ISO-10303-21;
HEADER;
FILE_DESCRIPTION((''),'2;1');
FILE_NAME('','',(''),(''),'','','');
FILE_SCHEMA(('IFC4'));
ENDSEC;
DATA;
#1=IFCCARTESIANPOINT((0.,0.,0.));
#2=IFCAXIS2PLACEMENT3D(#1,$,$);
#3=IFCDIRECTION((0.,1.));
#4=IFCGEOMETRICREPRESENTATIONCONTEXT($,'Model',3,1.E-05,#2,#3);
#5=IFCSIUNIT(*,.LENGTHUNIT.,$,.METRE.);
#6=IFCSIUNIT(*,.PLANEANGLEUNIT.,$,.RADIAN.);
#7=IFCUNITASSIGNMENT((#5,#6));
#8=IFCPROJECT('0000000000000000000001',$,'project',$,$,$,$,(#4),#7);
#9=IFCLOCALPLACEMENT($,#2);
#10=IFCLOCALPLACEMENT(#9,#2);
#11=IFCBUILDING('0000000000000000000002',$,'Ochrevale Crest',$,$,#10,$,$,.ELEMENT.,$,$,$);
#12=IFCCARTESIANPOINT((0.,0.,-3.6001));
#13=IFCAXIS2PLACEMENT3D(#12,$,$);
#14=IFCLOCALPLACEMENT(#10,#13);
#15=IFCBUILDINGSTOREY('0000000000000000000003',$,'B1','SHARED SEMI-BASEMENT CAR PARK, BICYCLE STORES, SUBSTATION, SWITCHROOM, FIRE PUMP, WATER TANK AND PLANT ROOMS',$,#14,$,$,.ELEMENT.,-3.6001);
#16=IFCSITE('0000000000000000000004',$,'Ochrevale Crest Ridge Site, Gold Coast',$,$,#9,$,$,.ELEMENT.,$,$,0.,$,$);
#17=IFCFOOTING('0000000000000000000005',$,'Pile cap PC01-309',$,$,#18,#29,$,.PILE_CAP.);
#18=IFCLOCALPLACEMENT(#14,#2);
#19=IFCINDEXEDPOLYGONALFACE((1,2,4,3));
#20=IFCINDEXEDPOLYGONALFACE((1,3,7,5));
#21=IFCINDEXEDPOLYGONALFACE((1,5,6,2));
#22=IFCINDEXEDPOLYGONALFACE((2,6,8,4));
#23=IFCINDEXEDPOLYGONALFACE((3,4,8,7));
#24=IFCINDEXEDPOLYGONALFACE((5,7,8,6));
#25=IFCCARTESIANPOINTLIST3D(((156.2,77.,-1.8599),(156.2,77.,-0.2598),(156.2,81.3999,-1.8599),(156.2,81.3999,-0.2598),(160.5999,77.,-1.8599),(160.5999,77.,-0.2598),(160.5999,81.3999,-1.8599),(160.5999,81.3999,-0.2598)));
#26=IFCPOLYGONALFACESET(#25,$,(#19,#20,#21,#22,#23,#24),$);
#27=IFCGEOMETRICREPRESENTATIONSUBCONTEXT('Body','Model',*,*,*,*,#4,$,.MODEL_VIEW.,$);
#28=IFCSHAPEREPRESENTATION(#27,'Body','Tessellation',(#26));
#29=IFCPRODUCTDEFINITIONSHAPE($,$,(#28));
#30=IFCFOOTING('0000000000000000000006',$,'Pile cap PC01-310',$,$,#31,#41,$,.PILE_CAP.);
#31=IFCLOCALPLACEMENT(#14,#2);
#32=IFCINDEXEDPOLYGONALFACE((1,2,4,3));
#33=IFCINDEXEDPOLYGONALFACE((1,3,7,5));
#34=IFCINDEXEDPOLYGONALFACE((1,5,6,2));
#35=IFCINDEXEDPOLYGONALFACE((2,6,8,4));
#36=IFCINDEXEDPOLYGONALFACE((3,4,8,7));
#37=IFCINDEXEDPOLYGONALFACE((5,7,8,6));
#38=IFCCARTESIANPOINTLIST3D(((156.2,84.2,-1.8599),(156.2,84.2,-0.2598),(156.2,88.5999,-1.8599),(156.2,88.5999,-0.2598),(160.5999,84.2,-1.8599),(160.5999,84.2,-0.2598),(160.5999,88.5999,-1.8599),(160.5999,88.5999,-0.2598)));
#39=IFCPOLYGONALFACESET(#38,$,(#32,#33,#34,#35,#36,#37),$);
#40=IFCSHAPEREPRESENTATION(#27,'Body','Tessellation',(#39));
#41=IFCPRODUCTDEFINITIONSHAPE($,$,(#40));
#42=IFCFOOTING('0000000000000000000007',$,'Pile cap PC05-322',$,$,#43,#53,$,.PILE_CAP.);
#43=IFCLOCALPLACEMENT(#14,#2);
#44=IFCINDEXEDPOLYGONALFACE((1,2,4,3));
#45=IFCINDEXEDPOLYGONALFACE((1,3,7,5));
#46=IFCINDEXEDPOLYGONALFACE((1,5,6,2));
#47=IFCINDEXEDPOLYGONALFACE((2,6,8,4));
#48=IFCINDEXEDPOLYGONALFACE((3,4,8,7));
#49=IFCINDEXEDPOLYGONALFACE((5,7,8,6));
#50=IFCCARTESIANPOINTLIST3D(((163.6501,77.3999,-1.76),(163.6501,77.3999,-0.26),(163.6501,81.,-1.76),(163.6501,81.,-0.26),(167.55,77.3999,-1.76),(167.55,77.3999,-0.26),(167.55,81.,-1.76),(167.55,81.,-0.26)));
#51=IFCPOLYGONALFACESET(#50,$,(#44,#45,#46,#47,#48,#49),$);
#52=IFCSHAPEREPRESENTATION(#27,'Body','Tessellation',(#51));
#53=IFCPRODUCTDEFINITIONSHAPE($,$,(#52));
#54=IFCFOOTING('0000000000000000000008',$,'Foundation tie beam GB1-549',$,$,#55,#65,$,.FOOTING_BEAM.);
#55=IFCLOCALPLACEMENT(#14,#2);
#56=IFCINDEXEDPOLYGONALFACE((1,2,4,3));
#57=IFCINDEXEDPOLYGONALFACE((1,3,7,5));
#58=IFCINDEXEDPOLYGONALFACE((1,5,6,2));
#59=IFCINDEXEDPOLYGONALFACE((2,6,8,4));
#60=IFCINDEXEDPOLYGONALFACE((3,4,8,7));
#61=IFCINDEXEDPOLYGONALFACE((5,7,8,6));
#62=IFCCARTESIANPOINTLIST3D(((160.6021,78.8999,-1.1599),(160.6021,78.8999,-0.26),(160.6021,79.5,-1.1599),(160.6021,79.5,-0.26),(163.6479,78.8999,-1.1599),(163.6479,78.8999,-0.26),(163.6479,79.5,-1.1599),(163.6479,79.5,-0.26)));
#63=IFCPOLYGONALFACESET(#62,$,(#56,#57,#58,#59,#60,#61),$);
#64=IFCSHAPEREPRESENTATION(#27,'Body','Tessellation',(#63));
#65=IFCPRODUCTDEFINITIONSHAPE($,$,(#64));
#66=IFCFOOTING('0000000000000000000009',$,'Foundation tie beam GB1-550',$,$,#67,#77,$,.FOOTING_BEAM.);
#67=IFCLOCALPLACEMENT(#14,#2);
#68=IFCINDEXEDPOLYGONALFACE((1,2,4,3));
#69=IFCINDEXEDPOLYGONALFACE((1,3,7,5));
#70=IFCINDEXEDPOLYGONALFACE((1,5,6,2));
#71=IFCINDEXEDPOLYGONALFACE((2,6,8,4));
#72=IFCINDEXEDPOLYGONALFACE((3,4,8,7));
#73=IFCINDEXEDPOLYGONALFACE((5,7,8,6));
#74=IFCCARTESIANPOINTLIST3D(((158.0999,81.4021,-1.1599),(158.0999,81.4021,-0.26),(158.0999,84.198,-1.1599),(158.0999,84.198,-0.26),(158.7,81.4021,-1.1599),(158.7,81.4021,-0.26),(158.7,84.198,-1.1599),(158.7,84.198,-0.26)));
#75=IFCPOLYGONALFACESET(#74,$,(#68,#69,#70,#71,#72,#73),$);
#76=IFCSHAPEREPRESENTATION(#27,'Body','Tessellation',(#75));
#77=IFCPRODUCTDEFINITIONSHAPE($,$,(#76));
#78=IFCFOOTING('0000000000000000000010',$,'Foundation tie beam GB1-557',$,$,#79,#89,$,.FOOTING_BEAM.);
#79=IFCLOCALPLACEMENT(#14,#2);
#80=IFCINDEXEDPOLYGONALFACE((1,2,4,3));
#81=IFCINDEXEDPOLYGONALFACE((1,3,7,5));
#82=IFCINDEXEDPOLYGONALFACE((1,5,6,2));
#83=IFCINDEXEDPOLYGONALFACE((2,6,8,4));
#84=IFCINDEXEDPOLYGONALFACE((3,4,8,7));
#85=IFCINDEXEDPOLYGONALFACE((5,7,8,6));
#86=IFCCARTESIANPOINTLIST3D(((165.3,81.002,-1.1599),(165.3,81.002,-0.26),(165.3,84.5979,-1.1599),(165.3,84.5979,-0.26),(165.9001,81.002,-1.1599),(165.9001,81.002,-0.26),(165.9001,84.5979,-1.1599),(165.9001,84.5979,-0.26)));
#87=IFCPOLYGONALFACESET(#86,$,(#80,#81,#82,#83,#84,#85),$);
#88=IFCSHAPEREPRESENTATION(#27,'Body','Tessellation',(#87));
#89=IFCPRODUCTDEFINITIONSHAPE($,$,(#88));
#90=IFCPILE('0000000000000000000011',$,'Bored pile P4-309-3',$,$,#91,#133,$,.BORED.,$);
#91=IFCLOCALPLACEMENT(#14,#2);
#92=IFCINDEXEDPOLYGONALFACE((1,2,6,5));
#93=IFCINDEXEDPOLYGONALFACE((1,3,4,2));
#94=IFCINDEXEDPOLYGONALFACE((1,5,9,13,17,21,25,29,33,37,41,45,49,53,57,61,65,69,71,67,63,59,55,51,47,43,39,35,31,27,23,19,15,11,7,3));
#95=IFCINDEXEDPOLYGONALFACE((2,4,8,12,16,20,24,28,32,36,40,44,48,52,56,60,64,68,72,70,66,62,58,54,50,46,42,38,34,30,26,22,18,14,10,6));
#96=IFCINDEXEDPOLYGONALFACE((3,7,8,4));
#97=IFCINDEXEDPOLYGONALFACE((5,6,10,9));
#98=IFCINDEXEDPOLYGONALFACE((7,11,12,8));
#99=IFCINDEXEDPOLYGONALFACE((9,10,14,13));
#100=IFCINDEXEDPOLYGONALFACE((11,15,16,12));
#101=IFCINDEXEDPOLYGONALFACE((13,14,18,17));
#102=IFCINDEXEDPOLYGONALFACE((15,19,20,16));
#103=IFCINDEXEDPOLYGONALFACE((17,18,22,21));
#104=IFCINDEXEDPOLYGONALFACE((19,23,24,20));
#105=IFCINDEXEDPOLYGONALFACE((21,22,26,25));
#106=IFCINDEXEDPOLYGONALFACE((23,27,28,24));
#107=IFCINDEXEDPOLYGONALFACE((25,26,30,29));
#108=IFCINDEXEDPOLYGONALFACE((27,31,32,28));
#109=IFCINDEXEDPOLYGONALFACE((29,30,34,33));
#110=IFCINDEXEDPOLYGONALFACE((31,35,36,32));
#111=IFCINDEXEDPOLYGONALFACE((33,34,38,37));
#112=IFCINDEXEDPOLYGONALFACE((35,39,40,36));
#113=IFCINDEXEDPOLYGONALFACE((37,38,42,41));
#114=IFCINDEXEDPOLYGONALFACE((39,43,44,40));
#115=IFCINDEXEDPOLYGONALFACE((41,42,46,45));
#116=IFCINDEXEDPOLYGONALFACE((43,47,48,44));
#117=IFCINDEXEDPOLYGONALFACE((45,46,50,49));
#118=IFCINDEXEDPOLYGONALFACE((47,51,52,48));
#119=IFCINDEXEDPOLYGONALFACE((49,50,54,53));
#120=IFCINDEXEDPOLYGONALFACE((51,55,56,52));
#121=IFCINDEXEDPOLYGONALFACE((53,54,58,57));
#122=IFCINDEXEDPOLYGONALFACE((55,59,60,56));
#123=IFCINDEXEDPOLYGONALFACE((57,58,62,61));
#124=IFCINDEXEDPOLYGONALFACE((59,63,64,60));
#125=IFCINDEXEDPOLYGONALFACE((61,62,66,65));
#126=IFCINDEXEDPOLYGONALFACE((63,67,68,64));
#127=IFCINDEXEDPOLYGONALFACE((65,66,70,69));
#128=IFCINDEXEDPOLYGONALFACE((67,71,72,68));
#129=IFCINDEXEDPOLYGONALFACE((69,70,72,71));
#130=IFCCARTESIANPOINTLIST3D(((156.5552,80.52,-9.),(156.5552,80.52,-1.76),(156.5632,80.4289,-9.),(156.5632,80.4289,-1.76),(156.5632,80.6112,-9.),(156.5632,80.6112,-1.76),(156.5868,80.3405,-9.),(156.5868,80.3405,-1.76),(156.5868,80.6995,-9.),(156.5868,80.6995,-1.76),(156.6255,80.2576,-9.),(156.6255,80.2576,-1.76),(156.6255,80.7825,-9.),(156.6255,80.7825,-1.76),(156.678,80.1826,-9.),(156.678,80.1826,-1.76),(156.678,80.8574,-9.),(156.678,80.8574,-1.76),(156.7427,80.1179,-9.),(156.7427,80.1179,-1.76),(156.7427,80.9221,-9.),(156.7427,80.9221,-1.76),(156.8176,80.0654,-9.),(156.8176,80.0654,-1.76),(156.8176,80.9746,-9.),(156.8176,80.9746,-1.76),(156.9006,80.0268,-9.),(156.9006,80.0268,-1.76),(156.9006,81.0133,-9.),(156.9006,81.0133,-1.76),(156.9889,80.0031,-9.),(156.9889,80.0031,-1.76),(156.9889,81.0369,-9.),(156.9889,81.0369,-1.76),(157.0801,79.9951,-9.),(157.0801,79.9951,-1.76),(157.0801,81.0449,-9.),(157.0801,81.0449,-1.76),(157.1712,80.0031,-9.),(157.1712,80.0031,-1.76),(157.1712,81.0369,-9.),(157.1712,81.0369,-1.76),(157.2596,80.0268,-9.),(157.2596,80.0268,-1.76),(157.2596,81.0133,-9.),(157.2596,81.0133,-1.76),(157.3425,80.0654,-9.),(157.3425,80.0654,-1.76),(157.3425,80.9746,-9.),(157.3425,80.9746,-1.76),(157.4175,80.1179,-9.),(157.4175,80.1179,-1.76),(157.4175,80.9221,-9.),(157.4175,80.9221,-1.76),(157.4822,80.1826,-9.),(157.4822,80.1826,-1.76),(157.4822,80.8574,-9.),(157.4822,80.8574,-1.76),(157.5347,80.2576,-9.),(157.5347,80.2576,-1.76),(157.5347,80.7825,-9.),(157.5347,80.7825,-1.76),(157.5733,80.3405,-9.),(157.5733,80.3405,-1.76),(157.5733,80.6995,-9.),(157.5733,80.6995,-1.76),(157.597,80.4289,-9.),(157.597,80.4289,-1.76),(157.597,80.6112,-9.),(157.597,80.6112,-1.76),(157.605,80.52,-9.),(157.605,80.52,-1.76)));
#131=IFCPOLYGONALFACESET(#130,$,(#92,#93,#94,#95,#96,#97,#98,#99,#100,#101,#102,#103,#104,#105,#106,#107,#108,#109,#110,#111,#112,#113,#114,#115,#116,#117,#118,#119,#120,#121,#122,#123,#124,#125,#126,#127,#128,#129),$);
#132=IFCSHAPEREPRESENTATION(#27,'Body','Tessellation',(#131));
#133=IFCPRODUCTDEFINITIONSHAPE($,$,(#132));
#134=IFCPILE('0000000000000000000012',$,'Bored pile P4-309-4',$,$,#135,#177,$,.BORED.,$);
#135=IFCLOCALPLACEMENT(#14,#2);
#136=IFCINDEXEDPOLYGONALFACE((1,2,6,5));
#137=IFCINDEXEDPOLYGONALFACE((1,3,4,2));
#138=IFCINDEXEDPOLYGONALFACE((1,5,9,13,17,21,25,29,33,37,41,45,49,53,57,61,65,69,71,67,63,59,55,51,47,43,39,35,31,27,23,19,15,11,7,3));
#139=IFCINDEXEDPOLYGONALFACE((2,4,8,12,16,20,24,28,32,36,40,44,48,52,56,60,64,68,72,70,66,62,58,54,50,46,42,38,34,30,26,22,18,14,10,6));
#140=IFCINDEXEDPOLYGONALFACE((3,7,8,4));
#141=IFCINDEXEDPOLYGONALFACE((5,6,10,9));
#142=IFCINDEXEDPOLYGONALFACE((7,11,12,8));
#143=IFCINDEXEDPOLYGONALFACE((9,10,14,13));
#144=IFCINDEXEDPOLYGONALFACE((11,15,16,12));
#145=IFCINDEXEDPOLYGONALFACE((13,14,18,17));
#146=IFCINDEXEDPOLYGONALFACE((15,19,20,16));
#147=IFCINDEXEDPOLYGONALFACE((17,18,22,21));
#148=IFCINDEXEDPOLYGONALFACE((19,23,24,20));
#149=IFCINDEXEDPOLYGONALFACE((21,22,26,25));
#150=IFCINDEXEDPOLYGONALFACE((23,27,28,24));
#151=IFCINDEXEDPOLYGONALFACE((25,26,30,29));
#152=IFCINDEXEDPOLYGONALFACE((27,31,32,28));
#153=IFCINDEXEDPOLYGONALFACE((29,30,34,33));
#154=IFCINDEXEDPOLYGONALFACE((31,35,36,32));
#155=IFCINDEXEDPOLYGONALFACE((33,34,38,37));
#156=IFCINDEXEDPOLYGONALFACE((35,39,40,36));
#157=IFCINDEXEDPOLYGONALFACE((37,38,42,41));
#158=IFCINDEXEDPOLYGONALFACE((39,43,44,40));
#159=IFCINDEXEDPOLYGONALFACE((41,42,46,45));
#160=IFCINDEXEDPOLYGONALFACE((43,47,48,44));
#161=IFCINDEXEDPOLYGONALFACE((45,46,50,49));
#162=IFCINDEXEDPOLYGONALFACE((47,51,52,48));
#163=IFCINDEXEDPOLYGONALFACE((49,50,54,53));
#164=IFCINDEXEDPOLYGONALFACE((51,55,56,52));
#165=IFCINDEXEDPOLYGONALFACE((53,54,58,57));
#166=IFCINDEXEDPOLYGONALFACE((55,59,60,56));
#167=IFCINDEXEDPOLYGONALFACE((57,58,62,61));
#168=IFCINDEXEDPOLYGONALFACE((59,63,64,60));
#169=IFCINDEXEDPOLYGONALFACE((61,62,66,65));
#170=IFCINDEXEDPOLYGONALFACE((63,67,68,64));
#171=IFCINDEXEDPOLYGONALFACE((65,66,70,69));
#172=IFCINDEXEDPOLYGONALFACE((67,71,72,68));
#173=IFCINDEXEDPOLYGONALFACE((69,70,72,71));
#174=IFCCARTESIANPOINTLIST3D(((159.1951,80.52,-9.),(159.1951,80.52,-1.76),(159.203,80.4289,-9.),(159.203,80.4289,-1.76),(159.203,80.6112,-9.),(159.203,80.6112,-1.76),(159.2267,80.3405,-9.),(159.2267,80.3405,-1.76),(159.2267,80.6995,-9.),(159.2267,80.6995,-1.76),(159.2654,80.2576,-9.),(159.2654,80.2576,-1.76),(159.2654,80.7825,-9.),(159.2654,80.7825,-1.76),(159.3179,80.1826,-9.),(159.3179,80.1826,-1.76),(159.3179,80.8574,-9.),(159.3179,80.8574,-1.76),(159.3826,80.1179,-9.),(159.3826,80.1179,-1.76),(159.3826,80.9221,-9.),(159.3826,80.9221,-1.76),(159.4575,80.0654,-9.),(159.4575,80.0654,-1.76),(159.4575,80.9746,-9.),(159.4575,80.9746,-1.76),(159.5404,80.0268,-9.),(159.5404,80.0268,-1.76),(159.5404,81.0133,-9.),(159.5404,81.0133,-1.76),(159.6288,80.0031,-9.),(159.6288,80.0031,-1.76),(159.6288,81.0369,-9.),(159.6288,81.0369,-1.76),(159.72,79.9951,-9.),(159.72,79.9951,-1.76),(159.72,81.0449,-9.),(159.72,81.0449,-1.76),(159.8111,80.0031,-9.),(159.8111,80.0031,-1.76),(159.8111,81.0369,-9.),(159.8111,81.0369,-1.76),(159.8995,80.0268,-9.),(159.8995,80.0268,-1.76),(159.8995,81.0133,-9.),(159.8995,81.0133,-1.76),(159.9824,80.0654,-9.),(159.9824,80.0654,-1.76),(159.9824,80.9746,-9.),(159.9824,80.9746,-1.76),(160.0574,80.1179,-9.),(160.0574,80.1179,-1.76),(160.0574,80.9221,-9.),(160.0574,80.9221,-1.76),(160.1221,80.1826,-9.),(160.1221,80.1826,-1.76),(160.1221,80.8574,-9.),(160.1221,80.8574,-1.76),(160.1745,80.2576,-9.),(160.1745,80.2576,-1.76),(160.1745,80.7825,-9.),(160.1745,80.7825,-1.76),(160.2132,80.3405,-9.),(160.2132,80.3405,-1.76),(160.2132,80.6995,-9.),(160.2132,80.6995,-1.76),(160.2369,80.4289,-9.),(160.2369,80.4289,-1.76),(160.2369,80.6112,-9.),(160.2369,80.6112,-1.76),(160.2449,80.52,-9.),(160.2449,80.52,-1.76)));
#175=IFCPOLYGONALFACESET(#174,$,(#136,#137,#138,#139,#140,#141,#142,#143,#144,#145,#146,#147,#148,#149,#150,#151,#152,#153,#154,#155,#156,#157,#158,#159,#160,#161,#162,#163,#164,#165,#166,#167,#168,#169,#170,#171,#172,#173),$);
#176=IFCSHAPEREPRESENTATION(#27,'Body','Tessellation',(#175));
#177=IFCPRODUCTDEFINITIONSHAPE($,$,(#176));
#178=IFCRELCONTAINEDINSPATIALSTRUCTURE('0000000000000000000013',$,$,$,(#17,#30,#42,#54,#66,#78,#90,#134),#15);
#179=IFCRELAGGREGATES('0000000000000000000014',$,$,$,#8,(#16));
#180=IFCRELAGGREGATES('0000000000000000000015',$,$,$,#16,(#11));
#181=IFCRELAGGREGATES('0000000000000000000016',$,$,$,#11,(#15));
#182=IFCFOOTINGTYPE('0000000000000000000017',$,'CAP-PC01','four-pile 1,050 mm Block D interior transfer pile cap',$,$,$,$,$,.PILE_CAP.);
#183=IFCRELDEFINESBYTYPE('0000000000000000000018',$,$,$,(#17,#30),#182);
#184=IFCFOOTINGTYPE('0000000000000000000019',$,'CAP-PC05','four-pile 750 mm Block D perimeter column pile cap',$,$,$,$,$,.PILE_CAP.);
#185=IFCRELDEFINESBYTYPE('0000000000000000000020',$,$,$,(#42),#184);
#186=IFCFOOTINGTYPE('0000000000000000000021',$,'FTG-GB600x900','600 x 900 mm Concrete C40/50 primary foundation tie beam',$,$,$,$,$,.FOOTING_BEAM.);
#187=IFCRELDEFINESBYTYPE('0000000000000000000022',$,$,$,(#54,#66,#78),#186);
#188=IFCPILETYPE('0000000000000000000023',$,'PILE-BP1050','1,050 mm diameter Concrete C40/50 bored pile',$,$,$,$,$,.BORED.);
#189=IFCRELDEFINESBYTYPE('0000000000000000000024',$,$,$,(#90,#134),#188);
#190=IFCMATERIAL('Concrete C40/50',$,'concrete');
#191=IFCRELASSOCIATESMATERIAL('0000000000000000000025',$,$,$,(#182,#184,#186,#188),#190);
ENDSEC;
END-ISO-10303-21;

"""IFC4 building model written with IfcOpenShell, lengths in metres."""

from ifc_helpers import new_model, si_unit, direction, frame, origin, origin_2d, place, context, subcontext, project, spatial, rectangle, circle, extrude, material, material_profile, profile_set, type_object, element, save


model = new_model("IFC4")

# Units and contexts
model_context = context("Model", 3, precision=1e-05, world=origin(), true_north=direction((0.0, 1.0)))
body_context = subcontext(model_context, "Body", "Model", "MODEL_VIEW")
ifc_project = project(units=[si_unit("LENGTHUNIT", "METRE"), si_unit("PLANEANGLEUNIT", "RADIAN")], contexts=[model_context])

# Site, building, storey
site_placement = place(None, origin())
site = spatial("IfcSite", under=ifc_project, at=site_placement, Name="Ochrevale Crest Ridge Site, Gold Coast", CompositionType="ELEMENT", RefElevation=0.0)
building_placement = place(site_placement, origin())
building = spatial("IfcBuilding", under=site, at=building_placement, Name="Ochrevale Crest", CompositionType="ELEMENT")
storey_placement = place(building_placement, frame((0.0, 0.0, -3.6001)))
storey = spatial("IfcBuildingStorey", under=building, at=storey_placement, Name="B1", Description="SHARED SEMI-BASEMENT CAR PARK, BICYCLE STORES, SUBSTATION, SWITCHROOM, FIRE PUMP, WATER TANK AND PLANT ROOMS", CompositionType="ELEMENT", Elevation=-3.6001)

# Footings
ifc_material_1 = material(Name="Concrete C40/50", Category="concrete")
footing_type_1 = type_object("IfcFootingType", Name="CAP-PC01", Description="four-pile 1,050 mm Block D interior transfer pile cap", PredefinedType="PILE_CAP", material=ifc_material_1)
for number, where, z_axis, x_axis, name in (
    (1, (158.3999, 79.2, -1.8599), (0.0, 0.0, 1.0), (1.0, 0.0, 0.0), "Pile cap PC01-309"),
    (2, (158.3999, 86.3999, -1.8599), (0.0, 0.0, 1.0), (1.0, 0.0, 0.0), "Pile cap PC01-310"),
):
    element("IfcFooting", number, at=place(storey_placement, frame(where, z_axis=z_axis, x_axis=x_axis)), inside=storey, type_object=footing_type_1, Name=name, PredefinedType="PILE_CAP", context=body_context, shape_type="SweptSolid", body=[
        extrude(rectangle(XDim=4.3999, YDim=4.3999, at=origin_2d()), origin(), (0.0, 0.0, 1.0), 1.6001),
    ])
footing_type_2 = type_object("IfcFootingType", Name="CAP-PC05", Description="four-pile 750 mm Block D perimeter column pile cap", PredefinedType="PILE_CAP", material=ifc_material_1)
footing_1_placement = place(storey_placement, frame((165.6001, 79.2, -1.76), z_axis=(0.0, 0.0, 1.0), x_axis=(1.0, 0.0, 0.0)))
element("IfcFooting", 3, at=footing_1_placement, inside=storey, type_object=footing_type_2, Name="Pile cap PC05-322", PredefinedType="PILE_CAP", context=body_context, shape_type="SweptSolid", body=[
    extrude(rectangle(XDim=3.8999, YDim=3.6001, at=origin_2d()), origin(), (0.0, 0.0, 1.0), 1.5),
])
ifc_material_profile_1 = material_profile(ifc_material_1, rectangle(XDim=0.6001, YDim=0.8999, at=origin_2d()), Name="GB 600x900")
ifc_profile_set_1 = profile_set([ifc_material_profile_1], Name="Concrete C40/50")
footing_type_3 = type_object("IfcFootingType", Name="FTG-GB600x900", Description="600 x 900 mm Concrete C40/50 primary foundation tie beam", PredefinedType="FOOTING_BEAM", material=ifc_profile_set_1)
footing_2_placement = place(storey_placement, frame((160.6021, 79.2, -0.71), z_axis=(1.0, 0.0, 0.0), x_axis=(0.0, 1.0, 0.0)))
element("IfcFooting", 4, at=footing_2_placement, inside=storey, type_object=footing_type_3, Name="Foundation tie beam GB1-549", PredefinedType="FOOTING_BEAM", context=body_context, shape_type="SweptSolid", body=[
    extrude(rectangle(XDim=0.6001, YDim=0.8999, at=origin_2d()), origin(), (0.0, 0.0, 1.0), 3.0459),
])
footing_3_placement = place(storey_placement, frame((158.3999, 81.4021, -0.71), z_axis=(0.0, 1.0, 0.0), x_axis=(-1.0, 0.0, 0.0)))
element("IfcFooting", 5, at=footing_3_placement, inside=storey, type_object=footing_type_3, Name="Foundation tie beam GB1-550", PredefinedType="FOOTING_BEAM", context=body_context, shape_type="SweptSolid", body=[
    extrude(rectangle(XDim=0.6001, YDim=0.8999, at=origin_2d()), origin(), (0.0, 0.0, 1.0), 2.7959),
])
footing_4_placement = place(storey_placement, frame((165.6001, 81.002, -0.71), z_axis=(0.0, 1.0, 0.0), x_axis=(-1.0, 0.0, 0.0)))
element("IfcFooting", 6, at=footing_4_placement, inside=storey, type_object=footing_type_3, Name="Foundation tie beam GB1-557", PredefinedType="FOOTING_BEAM", context=body_context, shape_type="SweptSolid", body=[
    extrude(rectangle(XDim=0.6001, YDim=0.8999, at=origin_2d()), origin(), (0.0, 0.0, 1.0), 3.5959),
])

# Piles
ifc_material_profile_2 = material_profile(ifc_material_1, circle(Radius=0.5249, at=origin_2d()), Name="BORED PILE 1050")
ifc_profile_set_2 = profile_set([ifc_material_profile_2], Name="Concrete C40/50")
pile_type_1 = type_object("IfcPileType", Name="PILE-BP1050", Description="1,050 mm diameter Concrete C40/50 bored pile", PredefinedType="BORED", material=ifc_profile_set_2)
for number, where, z_axis, x_axis, name in (
    (7, (157.0801, 80.52, -1.76), (0.0, 0.0, -1.0), (1.0, 0.0, 0.0), "Bored pile P4-309-3"),
    (8, (159.72, 80.52, -1.76), (0.0, 0.0, -1.0), (1.0, 0.0, 0.0), "Bored pile P4-309-4"),
):
    element("IfcPile", number, at=place(storey_placement, frame(where, z_axis=z_axis, x_axis=x_axis)), inside=storey, type_object=pile_type_1, Name=name, PredefinedType="BORED", context=body_context, shape_type="SweptSolid", body=[
        extrude(circle(Radius=0.5249, at=origin_2d()), origin(), (0.0, 0.0, 1.0), 7.24),
    ])

save(model, "model.ifc")
